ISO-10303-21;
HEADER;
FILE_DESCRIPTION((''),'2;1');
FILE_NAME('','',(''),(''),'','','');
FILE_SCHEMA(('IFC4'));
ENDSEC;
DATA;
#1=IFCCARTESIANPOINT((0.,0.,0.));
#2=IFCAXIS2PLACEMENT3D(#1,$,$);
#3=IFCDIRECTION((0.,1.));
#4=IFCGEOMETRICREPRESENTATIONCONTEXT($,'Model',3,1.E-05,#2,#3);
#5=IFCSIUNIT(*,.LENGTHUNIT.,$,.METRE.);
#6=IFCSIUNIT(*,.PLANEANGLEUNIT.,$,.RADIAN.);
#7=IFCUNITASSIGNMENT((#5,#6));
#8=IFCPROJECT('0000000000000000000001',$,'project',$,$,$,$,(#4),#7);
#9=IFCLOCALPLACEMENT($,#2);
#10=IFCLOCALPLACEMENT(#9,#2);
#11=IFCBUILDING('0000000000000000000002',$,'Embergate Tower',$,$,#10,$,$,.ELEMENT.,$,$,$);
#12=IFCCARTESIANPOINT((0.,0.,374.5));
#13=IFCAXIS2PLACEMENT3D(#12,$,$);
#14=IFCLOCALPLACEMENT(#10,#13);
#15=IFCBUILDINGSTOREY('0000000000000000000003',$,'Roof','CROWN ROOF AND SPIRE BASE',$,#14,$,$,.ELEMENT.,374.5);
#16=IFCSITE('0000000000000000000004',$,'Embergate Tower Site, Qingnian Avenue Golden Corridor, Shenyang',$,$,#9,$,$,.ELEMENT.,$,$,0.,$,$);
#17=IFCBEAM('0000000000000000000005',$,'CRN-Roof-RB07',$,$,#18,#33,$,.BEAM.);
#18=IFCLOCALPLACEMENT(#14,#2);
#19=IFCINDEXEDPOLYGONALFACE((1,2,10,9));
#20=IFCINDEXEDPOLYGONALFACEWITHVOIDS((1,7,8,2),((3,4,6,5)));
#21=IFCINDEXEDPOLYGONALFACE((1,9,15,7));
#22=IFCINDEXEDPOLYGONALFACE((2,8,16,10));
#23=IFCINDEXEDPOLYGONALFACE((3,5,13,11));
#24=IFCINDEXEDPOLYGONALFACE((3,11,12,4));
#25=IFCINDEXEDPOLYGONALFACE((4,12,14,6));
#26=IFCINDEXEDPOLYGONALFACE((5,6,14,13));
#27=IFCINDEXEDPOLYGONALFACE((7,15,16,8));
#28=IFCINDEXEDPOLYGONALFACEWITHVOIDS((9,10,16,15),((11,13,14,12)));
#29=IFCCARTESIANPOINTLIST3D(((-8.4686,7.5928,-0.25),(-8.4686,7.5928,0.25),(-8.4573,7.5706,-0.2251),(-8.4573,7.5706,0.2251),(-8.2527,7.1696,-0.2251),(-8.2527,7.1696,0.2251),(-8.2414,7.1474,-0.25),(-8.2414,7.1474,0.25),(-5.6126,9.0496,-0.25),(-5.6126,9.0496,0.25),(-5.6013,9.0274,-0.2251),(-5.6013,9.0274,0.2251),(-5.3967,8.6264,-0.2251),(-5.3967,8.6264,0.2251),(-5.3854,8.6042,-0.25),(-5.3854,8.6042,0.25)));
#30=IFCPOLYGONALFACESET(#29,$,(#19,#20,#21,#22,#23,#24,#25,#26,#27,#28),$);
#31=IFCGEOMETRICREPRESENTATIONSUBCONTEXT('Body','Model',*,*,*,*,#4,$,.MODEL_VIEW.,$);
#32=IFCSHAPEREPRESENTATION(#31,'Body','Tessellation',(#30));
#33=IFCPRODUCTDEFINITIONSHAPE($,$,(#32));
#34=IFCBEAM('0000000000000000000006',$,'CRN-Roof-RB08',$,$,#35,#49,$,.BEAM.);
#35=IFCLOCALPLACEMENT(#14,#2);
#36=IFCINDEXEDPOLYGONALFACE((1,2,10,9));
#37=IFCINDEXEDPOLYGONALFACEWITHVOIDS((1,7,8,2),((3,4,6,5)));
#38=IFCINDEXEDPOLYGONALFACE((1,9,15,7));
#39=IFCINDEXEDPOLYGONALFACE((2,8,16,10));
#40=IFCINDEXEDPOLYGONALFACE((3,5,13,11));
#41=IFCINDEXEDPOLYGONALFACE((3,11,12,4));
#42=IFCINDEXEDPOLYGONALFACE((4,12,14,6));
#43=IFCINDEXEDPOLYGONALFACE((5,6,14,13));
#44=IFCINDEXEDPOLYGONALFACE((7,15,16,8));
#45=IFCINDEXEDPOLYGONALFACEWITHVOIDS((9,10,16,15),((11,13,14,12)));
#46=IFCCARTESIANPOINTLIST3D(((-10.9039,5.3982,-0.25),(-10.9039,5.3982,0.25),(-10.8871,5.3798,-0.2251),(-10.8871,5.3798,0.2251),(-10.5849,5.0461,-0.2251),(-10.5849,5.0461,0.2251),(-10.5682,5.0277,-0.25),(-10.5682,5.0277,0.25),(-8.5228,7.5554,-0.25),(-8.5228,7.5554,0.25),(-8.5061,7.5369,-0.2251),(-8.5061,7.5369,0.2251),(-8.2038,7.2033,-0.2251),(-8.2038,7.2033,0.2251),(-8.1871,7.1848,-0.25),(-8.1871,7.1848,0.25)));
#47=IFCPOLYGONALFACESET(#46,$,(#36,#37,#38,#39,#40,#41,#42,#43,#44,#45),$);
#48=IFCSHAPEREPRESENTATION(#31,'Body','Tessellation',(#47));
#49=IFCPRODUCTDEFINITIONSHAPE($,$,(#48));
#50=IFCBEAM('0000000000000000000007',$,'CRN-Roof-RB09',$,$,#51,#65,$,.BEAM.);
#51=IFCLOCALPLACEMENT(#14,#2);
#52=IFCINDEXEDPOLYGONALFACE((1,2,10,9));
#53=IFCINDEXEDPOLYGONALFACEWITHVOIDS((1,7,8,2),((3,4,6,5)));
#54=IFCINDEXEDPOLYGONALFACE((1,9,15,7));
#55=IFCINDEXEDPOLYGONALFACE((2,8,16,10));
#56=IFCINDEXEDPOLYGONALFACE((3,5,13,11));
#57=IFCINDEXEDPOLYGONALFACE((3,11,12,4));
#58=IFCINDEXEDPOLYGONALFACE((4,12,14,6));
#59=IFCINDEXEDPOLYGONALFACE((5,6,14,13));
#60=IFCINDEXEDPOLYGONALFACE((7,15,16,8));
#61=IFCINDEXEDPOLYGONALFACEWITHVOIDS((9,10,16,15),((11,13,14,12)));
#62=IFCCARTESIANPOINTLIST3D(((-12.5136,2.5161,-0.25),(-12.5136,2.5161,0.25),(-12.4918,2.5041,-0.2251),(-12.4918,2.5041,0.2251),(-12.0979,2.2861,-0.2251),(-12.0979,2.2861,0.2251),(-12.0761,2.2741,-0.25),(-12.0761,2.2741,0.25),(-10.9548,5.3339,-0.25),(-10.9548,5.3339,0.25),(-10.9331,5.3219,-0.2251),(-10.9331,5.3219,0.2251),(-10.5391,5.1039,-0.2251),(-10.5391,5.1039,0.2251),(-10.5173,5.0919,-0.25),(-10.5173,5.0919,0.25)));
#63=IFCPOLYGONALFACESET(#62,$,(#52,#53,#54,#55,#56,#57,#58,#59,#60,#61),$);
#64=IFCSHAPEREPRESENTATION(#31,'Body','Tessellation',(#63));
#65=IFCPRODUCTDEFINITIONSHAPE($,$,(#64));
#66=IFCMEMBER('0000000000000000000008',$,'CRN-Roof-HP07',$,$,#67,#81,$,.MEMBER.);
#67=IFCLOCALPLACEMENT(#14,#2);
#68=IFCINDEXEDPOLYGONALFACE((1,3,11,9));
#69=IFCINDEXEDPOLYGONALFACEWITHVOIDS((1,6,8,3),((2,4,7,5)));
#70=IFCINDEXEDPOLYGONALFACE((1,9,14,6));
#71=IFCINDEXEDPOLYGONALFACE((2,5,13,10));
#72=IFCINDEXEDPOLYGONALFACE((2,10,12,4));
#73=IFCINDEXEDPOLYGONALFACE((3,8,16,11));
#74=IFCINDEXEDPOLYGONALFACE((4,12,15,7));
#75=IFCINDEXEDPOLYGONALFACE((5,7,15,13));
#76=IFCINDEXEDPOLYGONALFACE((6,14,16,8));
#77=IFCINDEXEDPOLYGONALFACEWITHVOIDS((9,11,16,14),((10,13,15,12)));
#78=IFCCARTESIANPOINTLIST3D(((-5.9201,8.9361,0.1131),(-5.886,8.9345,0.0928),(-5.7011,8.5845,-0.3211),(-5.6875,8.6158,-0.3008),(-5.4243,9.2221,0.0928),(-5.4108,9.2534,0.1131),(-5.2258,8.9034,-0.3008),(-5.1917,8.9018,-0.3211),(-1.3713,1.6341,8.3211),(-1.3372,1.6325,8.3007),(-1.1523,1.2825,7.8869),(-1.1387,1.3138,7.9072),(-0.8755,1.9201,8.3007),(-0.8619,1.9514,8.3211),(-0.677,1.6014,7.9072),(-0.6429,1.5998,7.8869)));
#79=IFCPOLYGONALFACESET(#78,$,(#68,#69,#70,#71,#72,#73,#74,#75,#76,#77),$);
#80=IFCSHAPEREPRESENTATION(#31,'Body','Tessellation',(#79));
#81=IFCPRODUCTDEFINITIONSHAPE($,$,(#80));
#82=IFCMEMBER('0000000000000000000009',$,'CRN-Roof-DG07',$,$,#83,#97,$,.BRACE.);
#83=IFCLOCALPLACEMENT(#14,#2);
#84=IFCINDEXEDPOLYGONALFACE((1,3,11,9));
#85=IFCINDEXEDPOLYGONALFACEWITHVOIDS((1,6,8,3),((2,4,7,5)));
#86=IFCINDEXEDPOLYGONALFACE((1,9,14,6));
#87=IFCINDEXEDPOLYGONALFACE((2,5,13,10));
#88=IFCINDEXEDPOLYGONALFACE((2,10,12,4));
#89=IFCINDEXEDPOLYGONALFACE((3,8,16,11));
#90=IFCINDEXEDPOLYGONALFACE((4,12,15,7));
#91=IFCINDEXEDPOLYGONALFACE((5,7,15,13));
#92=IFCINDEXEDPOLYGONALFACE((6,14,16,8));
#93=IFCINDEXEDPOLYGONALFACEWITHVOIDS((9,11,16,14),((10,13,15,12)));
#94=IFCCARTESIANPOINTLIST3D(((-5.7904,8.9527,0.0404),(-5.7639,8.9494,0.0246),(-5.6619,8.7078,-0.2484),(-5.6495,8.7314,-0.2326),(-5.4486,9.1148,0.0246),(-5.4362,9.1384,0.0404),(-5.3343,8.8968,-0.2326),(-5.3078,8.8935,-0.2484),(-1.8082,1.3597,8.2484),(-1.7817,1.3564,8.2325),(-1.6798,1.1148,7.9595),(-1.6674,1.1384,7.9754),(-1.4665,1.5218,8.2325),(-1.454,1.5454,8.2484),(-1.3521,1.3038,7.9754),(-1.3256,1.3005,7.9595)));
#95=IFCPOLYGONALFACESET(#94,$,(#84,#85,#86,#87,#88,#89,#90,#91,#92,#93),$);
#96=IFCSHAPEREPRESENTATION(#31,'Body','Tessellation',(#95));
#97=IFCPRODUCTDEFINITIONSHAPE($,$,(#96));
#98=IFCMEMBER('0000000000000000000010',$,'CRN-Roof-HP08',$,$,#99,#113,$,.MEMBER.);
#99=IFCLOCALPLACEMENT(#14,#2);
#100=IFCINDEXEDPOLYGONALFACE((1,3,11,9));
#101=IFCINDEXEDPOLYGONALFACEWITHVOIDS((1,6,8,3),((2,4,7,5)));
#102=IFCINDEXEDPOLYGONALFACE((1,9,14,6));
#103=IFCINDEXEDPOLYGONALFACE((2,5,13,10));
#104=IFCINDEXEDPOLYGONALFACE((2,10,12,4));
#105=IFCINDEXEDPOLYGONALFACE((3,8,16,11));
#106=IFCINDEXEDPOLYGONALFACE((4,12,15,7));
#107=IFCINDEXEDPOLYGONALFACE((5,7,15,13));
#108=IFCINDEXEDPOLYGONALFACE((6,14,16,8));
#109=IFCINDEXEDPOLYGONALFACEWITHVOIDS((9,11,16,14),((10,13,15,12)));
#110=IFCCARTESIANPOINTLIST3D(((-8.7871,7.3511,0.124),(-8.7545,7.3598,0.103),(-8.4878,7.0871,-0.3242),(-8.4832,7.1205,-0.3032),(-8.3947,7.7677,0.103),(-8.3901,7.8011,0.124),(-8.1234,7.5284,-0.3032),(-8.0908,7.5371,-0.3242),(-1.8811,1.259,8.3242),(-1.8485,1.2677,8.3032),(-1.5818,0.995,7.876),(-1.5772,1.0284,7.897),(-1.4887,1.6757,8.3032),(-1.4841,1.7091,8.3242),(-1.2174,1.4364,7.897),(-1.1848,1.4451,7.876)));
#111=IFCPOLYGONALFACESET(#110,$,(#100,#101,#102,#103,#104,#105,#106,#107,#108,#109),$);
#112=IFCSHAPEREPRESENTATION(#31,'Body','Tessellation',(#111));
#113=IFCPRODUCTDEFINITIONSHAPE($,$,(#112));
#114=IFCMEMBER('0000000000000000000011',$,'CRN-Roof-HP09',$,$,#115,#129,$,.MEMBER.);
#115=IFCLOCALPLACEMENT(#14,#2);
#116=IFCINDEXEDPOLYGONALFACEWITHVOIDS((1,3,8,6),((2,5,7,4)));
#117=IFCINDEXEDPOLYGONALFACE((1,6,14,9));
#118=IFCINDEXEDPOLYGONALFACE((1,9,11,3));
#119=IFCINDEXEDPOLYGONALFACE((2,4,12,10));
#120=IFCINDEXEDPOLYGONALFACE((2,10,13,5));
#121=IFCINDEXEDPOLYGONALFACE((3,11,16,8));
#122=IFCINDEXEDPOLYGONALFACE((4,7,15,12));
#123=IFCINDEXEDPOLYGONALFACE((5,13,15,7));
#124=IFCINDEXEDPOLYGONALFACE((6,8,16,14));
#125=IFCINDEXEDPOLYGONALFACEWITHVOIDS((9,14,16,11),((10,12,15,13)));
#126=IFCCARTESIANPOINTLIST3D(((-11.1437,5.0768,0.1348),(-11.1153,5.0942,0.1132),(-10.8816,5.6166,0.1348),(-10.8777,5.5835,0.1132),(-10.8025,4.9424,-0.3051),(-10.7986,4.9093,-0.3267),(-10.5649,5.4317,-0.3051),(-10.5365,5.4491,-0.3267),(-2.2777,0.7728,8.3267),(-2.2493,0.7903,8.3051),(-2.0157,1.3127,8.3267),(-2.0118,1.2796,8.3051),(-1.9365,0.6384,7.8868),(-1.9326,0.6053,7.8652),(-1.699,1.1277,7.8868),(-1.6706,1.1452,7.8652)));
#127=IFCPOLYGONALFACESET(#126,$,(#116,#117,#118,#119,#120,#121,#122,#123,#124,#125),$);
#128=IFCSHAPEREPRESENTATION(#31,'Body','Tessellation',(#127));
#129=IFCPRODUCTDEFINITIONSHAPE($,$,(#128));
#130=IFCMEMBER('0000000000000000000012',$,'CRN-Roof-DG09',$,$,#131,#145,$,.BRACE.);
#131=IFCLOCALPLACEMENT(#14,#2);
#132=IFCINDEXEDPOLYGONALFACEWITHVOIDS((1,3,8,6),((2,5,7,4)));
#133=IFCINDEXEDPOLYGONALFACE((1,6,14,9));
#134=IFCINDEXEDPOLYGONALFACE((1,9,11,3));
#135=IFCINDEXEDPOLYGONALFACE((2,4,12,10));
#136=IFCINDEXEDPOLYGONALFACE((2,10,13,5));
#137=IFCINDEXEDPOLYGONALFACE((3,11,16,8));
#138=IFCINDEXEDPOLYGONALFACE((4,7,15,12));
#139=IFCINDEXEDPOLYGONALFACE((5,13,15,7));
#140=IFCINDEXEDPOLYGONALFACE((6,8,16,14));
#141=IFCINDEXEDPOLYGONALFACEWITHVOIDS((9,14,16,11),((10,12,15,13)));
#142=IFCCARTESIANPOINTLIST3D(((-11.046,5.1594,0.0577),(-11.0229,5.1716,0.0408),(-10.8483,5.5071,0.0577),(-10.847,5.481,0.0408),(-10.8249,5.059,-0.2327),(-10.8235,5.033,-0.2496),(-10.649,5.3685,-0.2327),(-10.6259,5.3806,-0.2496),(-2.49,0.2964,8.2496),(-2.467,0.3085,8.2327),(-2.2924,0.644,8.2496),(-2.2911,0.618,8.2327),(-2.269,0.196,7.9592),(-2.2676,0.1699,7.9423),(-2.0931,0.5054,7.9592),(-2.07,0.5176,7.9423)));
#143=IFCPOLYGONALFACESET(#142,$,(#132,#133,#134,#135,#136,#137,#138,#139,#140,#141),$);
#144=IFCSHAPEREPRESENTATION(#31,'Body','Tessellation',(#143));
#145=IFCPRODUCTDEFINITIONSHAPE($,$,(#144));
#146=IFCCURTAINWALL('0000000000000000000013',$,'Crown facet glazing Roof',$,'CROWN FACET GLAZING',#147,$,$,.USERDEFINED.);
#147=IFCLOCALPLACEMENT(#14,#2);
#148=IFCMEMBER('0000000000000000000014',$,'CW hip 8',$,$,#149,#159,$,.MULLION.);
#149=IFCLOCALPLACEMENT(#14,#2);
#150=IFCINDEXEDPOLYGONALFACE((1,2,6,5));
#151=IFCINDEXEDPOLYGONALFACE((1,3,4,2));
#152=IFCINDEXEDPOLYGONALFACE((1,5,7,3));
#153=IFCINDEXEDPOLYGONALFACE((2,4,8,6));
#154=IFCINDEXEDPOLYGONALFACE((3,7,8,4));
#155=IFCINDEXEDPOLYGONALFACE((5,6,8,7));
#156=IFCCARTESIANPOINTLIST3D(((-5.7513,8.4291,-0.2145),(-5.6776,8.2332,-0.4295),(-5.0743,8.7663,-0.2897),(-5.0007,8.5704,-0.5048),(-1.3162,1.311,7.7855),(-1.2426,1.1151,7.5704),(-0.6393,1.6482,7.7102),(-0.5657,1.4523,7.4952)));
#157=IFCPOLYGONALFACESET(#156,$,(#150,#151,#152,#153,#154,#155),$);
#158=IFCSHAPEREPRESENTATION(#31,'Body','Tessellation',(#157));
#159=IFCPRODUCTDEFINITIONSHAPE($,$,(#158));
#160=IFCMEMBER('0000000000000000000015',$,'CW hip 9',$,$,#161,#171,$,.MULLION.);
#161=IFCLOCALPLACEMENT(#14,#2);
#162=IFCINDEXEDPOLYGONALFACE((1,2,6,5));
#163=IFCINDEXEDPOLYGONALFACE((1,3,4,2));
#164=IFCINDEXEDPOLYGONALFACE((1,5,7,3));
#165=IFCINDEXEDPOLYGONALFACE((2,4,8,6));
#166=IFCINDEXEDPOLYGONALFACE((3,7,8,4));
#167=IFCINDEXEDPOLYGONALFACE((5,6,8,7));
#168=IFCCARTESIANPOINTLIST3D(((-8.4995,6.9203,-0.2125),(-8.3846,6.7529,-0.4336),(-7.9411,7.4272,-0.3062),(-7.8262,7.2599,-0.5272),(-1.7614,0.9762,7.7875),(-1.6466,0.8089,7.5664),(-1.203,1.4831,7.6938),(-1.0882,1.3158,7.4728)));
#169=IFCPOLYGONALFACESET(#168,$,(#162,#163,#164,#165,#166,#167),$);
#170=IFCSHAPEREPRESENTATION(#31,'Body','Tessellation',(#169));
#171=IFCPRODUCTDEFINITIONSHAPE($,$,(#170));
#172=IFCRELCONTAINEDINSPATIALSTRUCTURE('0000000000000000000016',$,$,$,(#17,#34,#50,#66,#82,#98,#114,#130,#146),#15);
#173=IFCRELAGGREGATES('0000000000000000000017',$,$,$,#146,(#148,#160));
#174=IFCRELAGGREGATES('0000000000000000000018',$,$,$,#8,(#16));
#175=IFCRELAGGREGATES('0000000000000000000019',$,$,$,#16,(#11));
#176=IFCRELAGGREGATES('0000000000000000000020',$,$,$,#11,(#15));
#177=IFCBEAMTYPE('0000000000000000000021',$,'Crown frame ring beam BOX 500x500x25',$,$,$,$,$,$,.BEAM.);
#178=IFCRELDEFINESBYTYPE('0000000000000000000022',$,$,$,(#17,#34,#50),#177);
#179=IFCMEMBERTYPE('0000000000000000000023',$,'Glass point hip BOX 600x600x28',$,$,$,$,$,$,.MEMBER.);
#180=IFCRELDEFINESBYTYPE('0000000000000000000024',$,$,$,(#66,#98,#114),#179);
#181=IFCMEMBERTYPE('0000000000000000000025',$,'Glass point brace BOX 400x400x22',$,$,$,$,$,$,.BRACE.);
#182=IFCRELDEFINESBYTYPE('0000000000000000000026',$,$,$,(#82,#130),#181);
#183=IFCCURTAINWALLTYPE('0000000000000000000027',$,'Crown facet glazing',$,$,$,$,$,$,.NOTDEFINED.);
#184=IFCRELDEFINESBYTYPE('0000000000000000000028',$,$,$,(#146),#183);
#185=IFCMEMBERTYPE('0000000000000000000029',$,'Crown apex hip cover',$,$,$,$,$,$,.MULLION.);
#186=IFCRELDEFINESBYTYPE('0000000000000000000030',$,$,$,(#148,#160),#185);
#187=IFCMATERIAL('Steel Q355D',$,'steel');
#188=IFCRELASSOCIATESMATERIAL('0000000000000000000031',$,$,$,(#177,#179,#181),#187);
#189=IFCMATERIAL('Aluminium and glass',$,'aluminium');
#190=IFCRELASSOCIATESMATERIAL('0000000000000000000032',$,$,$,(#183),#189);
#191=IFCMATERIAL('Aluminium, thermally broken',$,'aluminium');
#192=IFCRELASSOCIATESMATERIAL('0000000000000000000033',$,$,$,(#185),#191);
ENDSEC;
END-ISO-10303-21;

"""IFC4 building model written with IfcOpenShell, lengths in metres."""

from ifc_helpers import new_model, si_unit, direction, frame, origin, origin_2d, place, context, subcontext, project, spatial, rectangle, hollow_rectangle, extrude, source, transform, mapped, material, material_profile, profile_set, type_object, element, aggregate, save


model = new_model("IFC4")

# Units and contexts
model_context = context("Model", 3, precision=1e-05, world=origin(), true_north=direction((0.0, 1.0)))
body_context = subcontext(model_context, "Body", "Model", "MODEL_VIEW")
ifc_project = project(units=[si_unit("LENGTHUNIT", "METRE"), si_unit("PLANEANGLEUNIT", "RADIAN")], contexts=[model_context])

# Site, building, storey
site_placement = place(None, origin())
site = spatial("IfcSite", under=ifc_project, at=site_placement, Name="Embergate Tower Site, Qingnian Avenue Golden Corridor, Shenyang", CompositionType="ELEMENT", RefElevation=0.0)
building_placement = place(site_placement, origin())
building = spatial("IfcBuilding", under=site, at=building_placement, Name="Embergate Tower", CompositionType="ELEMENT")
storey_placement = place(building_placement, frame((0.0, 0.0, 374.5)))
storey = spatial("IfcBuildingStorey", under=building, at=storey_placement, Name="Roof", Description="CROWN ROOF AND SPIRE BASE", CompositionType="ELEMENT", Elevation=374.5)

# Beams
ifc_material_1 = material(Name="Steel Q355D", Category="steel")
ifc_material_profile_1 = material_profile(ifc_material_1, hollow_rectangle(XDim=0.5, YDim=0.5, WallThickness=0.0249, at=origin_2d()), Name="BOX 500x500x25")
ifc_profile_set_1 = profile_set([ifc_material_profile_1], Name="Steel Q355 grade D")
beam_type = type_object("IfcBeamType", Name="Crown frame ring beam BOX 500x500x25", PredefinedType="BEAM", material=ifc_profile_set_1)
shared_shape_1 = source(origin(), body_context, "Body", "SweptSolid", [
    extrude(hollow_rectangle(XDim=0.5, YDim=0.5, WallThickness=0.0249, at=origin_2d()), origin(), (0.0, 0.0, 1.0), 3.2061),
])
beam_1_placement = place(storey_placement, frame((-5.499, 8.8269, 0.0), z_axis=(-0.890804, -0.454388, 0.0), x_axis=(0.454388, -0.890804, 0.0)))
element("IfcBeam", 1, at=beam_1_placement, inside=storey, type_object=beam_type, Name="CRN-Roof-RB07", PredefinedType="BEAM", context=body_context, shape_type="MappedRepresentation", body=[
    mapped(shared_shape_1, transform((0.0, 0.0, 0.0))),
])
shared_shape_2 = source(origin(), body_context, "Body", "SweptSolid", [
    extrude(hollow_rectangle(XDim=0.5, YDim=0.5, WallThickness=0.0249, at=origin_2d()), origin(), (0.0, 0.0, 1.0), 3.2129),
])
beam_2_placement = place(storey_placement, frame((-8.355, 7.3701, 0.0), z_axis=(-0.741087, -0.671409, 0.0), x_axis=(0.671409, -0.741087, 0.0)))
element("IfcBeam", 2, at=beam_2_placement, inside=storey, type_object=beam_type, Name="CRN-Roof-RB08", PredefinedType="BEAM", context=body_context, shape_type="MappedRepresentation", body=[
    mapped(shared_shape_2, transform((0.0, 0.0, 0.0))),
])
shared_shape_3 = source(origin(), body_context, "Body", "SweptSolid", [
    extrude(hollow_rectangle(XDim=0.5, YDim=0.5, WallThickness=0.0249, at=origin_2d()), origin(), (0.0, 0.0, 1.0), 3.2202),
])
beam_3_placement = place(storey_placement, frame((-10.7361, 5.2129, 0.0), z_axis=(-0.484065, -0.875032, 0.0), x_axis=(0.875032, -0.484065, 0.0)))
element("IfcBeam", 3, at=beam_3_placement, inside=storey, type_object=beam_type, Name="CRN-Roof-RB09", PredefinedType="BEAM", context=body_context, shape_type="MappedRepresentation", body=[
    mapped(shared_shape_3, transform((0.0, 0.0, 0.0))),
])

# Members
ifc_material_profile_2 = material_profile(ifc_material_1, hollow_rectangle(XDim=0.6001, YDim=0.6001, WallThickness=0.0281, at=origin_2d()), Name="BOX 600x600x28")
ifc_profile_set_2 = profile_set([ifc_material_profile_2], Name="Steel Q355 grade D")
member_type_1 = type_object("IfcMemberType", Name="Glass point hip BOX 600x600x28", PredefinedType="MEMBER", material=ifc_profile_set_2)
shared_shape_4 = source(origin(), body_context, "Body", "SweptSolid", [
    extrude(hollow_rectangle(XDim=0.6001, YDim=0.6001, WallThickness=0.0281, at=origin_2d()), origin(), (0.0, 0.0, 1.0), 11.8904),
])
member_1_placement = place(storey_placement, frame((-5.5559, 8.9189, -0.104), z_axis=(0.382562, -0.614107, 0.690303), x_axis=(0.848777, 0.528751, 0.0)))
element("IfcMember", 4, at=member_1_placement, inside=storey, type_object=member_type_1, Name="CRN-Roof-HP07", PredefinedType="MEMBER", context=body_context, shape_type="MappedRepresentation", body=[
    mapped(shared_shape_4, transform((0.0, 0.0, 0.0))),
])
ifc_material_profile_3 = material_profile(ifc_material_1, hollow_rectangle(XDim=0.3999, YDim=0.3999, WallThickness=0.022, at=origin_2d()), Name="BOX 400x400x22")
ifc_profile_set_3 = profile_set([ifc_material_profile_3], Name="Steel Q355 grade D")
member_type_2 = type_object("IfcMemberType", Name="Glass point brace BOX 400x400x22", PredefinedType="BRACE", material=ifc_profile_set_3)
shared_shape_5 = source(origin(), body_context, "Body", "SweptSolid", [
    extrude(hollow_rectangle(XDim=0.3999, YDim=0.3999, WallThickness=0.022, at=origin_2d()), origin(), (0.0, 0.0, 1.0), 11.8694),
])
member_2_placement = place(storey_placement, frame((-5.5491, 8.9231, -0.104), z_axis=(0.335499, -0.639713, 0.691526), x_axis=(0.885597, 0.464454, 0.0)))
element("IfcMember", 5, at=member_2_placement, inside=storey, type_object=member_type_2, Name="CRN-Roof-DG07", PredefinedType="BRACE", context=body_context, shape_type="MappedRepresentation", body=[
    mapped(shared_shape_5, transform((0.0, 0.0, 0.0))),
])
shared_shape_6 = source(origin(), body_context, "Body", "SweptSolid", [
    extrude(hollow_rectangle(XDim=0.6001, YDim=0.6001, WallThickness=0.0281, at=origin_2d()), origin(), (0.0, 0.0, 1.0), 12.3308),
])
member_3_placement = place(storey_placement, frame((-8.439, 7.4441, -0.1001), z_axis=(0.560061, -0.49405, 0.665016), x_axis=(0.66153, 0.749918, 0.0)))
element("IfcMember", 6, at=member_3_placement, inside=storey, type_object=member_type_1, Name="CRN-Roof-HP08", PredefinedType="MEMBER", context=body_context, shape_type="MappedRepresentation", body=[
    mapped(shared_shape_6, transform((0.0, 0.0, 0.0))),
])
shared_shape_7 = source(origin(), body_context, "Body", "SweptSolid", [
    extrude(hollow_rectangle(XDim=0.6001, YDim=0.6001, WallThickness=0.0281, at=origin_2d()), origin(), (0.0, 0.0, 1.0), 12.8154),
])
member_4_placement = place(storey_placement, frame((-10.8401, 5.2629, -0.0959), z_axis=(0.691817, -0.33584, 0.639219), x_axis=(0.436709, 0.899603, 0.0)))
element("IfcMember", 7, at=member_4_placement, inside=storey, type_object=member_type_1, Name="CRN-Roof-HP09", PredefinedType="MEMBER", context=body_context, shape_type="MappedRepresentation", body=[
    mapped(shared_shape_7, transform((0.0, 0.0, 0.0))),
])
shared_shape_8 = source(origin(), body_context, "Body", "SweptSolid", [
    extrude(hollow_rectangle(XDim=0.3999, YDim=0.3999, WallThickness=0.022, at=origin_2d()), origin(), (0.0, 0.0, 1.0), 12.8047),
])
member_5_placement = place(storey_placement, frame((-10.8359, 5.27, -0.0959), z_axis=(0.668186, -0.379786, 0.639758), x_axis=(0.494142, 0.869381, 0.0)))
element("IfcMember", 8, at=member_5_placement, inside=storey, type_object=member_type_2, Name="CRN-Roof-DG09", PredefinedType="BRACE", context=body_context, shape_type="MappedRepresentation", body=[
    mapped(shared_shape_8, transform((0.0, 0.0, 0.0))),
])

# Curtain wall, members
ifc_material_2 = material(Name="Aluminium and glass", Category="aluminium")
curtain_wall_type = type_object("IfcCurtainWallType", Name="Crown facet glazing", PredefinedType="NOTDEFINED", material=ifc_material_2)
curtain_wall_placement = place(storey_placement, origin())
curtain_wall = element("IfcCurtainWall", 9, at=curtain_wall_placement, inside=storey, type_object=curtain_wall_type, Name="Crown facet glazing Roof", ObjectType="CROWN FACET GLAZING", PredefinedType="USERDEFINED")
ifc_material_3 = material(Name="Aluminium, thermally broken", Category="aluminium")
ifc_material_profile_4 = material_profile(ifc_material_3, rectangle(XDim=0.3, YDim=0.76, at=origin_2d()), Name="AL 760x300")
ifc_profile_set_4 = profile_set([ifc_material_profile_4], Name="Aluminium, thermally broken")
member_type_3 = type_object("IfcMemberType", Name="Crown apex hip cover", PredefinedType="MULLION", material=ifc_profile_set_4)
shared_shape_9 = source(origin(), body_context, "Body", "SweptSolid", [
    extrude(rectangle(XDim=0.3, YDim=0.76, at=origin_2d()), origin(), (0.0, 0.0, 1.0), 11.5903),
])
member_6_placement = place(storey_placement, frame((-5.376, 8.4998, -0.3596), z_axis=(0.382648, -0.614142, 0.690225), x_axis=(-0.245448, 0.652661, 0.716791)))
member_6 = element("IfcMember", 10, at=member_6_placement, type_object=member_type_3, Name="CW hip 8", PredefinedType="MULLION", context=body_context, shape_type="MappedRepresentation", body=[
    mapped(shared_shape_9, transform((0.0, 0.0, 0.0))),
])
shared_shape_10 = source(origin(), body_context, "Body", "SweptSolid", [
    extrude(rectangle(XDim=0.3, YDim=0.76, at=origin_2d()), origin(), (0.0, 0.0, 1.0), 12.0305),
])
member_7_placement = place(storey_placement, frame((-8.1628, 7.0901, -0.3699), z_axis=(0.560079, -0.494084, 0.664976), x_axis=(-0.382712, 0.557586, 0.736634)))
member_7 = element("IfcMember", 11, at=member_7_placement, type_object=member_type_3, Name="CW hip 9", PredefinedType="MULLION", context=body_context, shape_type="MappedRepresentation", body=[
    mapped(shared_shape_10, transform((0.0, 0.0, 0.0))),
])
aggregate(curtain_wall, [member_6, member_7])

save(model, "model.ifc")
